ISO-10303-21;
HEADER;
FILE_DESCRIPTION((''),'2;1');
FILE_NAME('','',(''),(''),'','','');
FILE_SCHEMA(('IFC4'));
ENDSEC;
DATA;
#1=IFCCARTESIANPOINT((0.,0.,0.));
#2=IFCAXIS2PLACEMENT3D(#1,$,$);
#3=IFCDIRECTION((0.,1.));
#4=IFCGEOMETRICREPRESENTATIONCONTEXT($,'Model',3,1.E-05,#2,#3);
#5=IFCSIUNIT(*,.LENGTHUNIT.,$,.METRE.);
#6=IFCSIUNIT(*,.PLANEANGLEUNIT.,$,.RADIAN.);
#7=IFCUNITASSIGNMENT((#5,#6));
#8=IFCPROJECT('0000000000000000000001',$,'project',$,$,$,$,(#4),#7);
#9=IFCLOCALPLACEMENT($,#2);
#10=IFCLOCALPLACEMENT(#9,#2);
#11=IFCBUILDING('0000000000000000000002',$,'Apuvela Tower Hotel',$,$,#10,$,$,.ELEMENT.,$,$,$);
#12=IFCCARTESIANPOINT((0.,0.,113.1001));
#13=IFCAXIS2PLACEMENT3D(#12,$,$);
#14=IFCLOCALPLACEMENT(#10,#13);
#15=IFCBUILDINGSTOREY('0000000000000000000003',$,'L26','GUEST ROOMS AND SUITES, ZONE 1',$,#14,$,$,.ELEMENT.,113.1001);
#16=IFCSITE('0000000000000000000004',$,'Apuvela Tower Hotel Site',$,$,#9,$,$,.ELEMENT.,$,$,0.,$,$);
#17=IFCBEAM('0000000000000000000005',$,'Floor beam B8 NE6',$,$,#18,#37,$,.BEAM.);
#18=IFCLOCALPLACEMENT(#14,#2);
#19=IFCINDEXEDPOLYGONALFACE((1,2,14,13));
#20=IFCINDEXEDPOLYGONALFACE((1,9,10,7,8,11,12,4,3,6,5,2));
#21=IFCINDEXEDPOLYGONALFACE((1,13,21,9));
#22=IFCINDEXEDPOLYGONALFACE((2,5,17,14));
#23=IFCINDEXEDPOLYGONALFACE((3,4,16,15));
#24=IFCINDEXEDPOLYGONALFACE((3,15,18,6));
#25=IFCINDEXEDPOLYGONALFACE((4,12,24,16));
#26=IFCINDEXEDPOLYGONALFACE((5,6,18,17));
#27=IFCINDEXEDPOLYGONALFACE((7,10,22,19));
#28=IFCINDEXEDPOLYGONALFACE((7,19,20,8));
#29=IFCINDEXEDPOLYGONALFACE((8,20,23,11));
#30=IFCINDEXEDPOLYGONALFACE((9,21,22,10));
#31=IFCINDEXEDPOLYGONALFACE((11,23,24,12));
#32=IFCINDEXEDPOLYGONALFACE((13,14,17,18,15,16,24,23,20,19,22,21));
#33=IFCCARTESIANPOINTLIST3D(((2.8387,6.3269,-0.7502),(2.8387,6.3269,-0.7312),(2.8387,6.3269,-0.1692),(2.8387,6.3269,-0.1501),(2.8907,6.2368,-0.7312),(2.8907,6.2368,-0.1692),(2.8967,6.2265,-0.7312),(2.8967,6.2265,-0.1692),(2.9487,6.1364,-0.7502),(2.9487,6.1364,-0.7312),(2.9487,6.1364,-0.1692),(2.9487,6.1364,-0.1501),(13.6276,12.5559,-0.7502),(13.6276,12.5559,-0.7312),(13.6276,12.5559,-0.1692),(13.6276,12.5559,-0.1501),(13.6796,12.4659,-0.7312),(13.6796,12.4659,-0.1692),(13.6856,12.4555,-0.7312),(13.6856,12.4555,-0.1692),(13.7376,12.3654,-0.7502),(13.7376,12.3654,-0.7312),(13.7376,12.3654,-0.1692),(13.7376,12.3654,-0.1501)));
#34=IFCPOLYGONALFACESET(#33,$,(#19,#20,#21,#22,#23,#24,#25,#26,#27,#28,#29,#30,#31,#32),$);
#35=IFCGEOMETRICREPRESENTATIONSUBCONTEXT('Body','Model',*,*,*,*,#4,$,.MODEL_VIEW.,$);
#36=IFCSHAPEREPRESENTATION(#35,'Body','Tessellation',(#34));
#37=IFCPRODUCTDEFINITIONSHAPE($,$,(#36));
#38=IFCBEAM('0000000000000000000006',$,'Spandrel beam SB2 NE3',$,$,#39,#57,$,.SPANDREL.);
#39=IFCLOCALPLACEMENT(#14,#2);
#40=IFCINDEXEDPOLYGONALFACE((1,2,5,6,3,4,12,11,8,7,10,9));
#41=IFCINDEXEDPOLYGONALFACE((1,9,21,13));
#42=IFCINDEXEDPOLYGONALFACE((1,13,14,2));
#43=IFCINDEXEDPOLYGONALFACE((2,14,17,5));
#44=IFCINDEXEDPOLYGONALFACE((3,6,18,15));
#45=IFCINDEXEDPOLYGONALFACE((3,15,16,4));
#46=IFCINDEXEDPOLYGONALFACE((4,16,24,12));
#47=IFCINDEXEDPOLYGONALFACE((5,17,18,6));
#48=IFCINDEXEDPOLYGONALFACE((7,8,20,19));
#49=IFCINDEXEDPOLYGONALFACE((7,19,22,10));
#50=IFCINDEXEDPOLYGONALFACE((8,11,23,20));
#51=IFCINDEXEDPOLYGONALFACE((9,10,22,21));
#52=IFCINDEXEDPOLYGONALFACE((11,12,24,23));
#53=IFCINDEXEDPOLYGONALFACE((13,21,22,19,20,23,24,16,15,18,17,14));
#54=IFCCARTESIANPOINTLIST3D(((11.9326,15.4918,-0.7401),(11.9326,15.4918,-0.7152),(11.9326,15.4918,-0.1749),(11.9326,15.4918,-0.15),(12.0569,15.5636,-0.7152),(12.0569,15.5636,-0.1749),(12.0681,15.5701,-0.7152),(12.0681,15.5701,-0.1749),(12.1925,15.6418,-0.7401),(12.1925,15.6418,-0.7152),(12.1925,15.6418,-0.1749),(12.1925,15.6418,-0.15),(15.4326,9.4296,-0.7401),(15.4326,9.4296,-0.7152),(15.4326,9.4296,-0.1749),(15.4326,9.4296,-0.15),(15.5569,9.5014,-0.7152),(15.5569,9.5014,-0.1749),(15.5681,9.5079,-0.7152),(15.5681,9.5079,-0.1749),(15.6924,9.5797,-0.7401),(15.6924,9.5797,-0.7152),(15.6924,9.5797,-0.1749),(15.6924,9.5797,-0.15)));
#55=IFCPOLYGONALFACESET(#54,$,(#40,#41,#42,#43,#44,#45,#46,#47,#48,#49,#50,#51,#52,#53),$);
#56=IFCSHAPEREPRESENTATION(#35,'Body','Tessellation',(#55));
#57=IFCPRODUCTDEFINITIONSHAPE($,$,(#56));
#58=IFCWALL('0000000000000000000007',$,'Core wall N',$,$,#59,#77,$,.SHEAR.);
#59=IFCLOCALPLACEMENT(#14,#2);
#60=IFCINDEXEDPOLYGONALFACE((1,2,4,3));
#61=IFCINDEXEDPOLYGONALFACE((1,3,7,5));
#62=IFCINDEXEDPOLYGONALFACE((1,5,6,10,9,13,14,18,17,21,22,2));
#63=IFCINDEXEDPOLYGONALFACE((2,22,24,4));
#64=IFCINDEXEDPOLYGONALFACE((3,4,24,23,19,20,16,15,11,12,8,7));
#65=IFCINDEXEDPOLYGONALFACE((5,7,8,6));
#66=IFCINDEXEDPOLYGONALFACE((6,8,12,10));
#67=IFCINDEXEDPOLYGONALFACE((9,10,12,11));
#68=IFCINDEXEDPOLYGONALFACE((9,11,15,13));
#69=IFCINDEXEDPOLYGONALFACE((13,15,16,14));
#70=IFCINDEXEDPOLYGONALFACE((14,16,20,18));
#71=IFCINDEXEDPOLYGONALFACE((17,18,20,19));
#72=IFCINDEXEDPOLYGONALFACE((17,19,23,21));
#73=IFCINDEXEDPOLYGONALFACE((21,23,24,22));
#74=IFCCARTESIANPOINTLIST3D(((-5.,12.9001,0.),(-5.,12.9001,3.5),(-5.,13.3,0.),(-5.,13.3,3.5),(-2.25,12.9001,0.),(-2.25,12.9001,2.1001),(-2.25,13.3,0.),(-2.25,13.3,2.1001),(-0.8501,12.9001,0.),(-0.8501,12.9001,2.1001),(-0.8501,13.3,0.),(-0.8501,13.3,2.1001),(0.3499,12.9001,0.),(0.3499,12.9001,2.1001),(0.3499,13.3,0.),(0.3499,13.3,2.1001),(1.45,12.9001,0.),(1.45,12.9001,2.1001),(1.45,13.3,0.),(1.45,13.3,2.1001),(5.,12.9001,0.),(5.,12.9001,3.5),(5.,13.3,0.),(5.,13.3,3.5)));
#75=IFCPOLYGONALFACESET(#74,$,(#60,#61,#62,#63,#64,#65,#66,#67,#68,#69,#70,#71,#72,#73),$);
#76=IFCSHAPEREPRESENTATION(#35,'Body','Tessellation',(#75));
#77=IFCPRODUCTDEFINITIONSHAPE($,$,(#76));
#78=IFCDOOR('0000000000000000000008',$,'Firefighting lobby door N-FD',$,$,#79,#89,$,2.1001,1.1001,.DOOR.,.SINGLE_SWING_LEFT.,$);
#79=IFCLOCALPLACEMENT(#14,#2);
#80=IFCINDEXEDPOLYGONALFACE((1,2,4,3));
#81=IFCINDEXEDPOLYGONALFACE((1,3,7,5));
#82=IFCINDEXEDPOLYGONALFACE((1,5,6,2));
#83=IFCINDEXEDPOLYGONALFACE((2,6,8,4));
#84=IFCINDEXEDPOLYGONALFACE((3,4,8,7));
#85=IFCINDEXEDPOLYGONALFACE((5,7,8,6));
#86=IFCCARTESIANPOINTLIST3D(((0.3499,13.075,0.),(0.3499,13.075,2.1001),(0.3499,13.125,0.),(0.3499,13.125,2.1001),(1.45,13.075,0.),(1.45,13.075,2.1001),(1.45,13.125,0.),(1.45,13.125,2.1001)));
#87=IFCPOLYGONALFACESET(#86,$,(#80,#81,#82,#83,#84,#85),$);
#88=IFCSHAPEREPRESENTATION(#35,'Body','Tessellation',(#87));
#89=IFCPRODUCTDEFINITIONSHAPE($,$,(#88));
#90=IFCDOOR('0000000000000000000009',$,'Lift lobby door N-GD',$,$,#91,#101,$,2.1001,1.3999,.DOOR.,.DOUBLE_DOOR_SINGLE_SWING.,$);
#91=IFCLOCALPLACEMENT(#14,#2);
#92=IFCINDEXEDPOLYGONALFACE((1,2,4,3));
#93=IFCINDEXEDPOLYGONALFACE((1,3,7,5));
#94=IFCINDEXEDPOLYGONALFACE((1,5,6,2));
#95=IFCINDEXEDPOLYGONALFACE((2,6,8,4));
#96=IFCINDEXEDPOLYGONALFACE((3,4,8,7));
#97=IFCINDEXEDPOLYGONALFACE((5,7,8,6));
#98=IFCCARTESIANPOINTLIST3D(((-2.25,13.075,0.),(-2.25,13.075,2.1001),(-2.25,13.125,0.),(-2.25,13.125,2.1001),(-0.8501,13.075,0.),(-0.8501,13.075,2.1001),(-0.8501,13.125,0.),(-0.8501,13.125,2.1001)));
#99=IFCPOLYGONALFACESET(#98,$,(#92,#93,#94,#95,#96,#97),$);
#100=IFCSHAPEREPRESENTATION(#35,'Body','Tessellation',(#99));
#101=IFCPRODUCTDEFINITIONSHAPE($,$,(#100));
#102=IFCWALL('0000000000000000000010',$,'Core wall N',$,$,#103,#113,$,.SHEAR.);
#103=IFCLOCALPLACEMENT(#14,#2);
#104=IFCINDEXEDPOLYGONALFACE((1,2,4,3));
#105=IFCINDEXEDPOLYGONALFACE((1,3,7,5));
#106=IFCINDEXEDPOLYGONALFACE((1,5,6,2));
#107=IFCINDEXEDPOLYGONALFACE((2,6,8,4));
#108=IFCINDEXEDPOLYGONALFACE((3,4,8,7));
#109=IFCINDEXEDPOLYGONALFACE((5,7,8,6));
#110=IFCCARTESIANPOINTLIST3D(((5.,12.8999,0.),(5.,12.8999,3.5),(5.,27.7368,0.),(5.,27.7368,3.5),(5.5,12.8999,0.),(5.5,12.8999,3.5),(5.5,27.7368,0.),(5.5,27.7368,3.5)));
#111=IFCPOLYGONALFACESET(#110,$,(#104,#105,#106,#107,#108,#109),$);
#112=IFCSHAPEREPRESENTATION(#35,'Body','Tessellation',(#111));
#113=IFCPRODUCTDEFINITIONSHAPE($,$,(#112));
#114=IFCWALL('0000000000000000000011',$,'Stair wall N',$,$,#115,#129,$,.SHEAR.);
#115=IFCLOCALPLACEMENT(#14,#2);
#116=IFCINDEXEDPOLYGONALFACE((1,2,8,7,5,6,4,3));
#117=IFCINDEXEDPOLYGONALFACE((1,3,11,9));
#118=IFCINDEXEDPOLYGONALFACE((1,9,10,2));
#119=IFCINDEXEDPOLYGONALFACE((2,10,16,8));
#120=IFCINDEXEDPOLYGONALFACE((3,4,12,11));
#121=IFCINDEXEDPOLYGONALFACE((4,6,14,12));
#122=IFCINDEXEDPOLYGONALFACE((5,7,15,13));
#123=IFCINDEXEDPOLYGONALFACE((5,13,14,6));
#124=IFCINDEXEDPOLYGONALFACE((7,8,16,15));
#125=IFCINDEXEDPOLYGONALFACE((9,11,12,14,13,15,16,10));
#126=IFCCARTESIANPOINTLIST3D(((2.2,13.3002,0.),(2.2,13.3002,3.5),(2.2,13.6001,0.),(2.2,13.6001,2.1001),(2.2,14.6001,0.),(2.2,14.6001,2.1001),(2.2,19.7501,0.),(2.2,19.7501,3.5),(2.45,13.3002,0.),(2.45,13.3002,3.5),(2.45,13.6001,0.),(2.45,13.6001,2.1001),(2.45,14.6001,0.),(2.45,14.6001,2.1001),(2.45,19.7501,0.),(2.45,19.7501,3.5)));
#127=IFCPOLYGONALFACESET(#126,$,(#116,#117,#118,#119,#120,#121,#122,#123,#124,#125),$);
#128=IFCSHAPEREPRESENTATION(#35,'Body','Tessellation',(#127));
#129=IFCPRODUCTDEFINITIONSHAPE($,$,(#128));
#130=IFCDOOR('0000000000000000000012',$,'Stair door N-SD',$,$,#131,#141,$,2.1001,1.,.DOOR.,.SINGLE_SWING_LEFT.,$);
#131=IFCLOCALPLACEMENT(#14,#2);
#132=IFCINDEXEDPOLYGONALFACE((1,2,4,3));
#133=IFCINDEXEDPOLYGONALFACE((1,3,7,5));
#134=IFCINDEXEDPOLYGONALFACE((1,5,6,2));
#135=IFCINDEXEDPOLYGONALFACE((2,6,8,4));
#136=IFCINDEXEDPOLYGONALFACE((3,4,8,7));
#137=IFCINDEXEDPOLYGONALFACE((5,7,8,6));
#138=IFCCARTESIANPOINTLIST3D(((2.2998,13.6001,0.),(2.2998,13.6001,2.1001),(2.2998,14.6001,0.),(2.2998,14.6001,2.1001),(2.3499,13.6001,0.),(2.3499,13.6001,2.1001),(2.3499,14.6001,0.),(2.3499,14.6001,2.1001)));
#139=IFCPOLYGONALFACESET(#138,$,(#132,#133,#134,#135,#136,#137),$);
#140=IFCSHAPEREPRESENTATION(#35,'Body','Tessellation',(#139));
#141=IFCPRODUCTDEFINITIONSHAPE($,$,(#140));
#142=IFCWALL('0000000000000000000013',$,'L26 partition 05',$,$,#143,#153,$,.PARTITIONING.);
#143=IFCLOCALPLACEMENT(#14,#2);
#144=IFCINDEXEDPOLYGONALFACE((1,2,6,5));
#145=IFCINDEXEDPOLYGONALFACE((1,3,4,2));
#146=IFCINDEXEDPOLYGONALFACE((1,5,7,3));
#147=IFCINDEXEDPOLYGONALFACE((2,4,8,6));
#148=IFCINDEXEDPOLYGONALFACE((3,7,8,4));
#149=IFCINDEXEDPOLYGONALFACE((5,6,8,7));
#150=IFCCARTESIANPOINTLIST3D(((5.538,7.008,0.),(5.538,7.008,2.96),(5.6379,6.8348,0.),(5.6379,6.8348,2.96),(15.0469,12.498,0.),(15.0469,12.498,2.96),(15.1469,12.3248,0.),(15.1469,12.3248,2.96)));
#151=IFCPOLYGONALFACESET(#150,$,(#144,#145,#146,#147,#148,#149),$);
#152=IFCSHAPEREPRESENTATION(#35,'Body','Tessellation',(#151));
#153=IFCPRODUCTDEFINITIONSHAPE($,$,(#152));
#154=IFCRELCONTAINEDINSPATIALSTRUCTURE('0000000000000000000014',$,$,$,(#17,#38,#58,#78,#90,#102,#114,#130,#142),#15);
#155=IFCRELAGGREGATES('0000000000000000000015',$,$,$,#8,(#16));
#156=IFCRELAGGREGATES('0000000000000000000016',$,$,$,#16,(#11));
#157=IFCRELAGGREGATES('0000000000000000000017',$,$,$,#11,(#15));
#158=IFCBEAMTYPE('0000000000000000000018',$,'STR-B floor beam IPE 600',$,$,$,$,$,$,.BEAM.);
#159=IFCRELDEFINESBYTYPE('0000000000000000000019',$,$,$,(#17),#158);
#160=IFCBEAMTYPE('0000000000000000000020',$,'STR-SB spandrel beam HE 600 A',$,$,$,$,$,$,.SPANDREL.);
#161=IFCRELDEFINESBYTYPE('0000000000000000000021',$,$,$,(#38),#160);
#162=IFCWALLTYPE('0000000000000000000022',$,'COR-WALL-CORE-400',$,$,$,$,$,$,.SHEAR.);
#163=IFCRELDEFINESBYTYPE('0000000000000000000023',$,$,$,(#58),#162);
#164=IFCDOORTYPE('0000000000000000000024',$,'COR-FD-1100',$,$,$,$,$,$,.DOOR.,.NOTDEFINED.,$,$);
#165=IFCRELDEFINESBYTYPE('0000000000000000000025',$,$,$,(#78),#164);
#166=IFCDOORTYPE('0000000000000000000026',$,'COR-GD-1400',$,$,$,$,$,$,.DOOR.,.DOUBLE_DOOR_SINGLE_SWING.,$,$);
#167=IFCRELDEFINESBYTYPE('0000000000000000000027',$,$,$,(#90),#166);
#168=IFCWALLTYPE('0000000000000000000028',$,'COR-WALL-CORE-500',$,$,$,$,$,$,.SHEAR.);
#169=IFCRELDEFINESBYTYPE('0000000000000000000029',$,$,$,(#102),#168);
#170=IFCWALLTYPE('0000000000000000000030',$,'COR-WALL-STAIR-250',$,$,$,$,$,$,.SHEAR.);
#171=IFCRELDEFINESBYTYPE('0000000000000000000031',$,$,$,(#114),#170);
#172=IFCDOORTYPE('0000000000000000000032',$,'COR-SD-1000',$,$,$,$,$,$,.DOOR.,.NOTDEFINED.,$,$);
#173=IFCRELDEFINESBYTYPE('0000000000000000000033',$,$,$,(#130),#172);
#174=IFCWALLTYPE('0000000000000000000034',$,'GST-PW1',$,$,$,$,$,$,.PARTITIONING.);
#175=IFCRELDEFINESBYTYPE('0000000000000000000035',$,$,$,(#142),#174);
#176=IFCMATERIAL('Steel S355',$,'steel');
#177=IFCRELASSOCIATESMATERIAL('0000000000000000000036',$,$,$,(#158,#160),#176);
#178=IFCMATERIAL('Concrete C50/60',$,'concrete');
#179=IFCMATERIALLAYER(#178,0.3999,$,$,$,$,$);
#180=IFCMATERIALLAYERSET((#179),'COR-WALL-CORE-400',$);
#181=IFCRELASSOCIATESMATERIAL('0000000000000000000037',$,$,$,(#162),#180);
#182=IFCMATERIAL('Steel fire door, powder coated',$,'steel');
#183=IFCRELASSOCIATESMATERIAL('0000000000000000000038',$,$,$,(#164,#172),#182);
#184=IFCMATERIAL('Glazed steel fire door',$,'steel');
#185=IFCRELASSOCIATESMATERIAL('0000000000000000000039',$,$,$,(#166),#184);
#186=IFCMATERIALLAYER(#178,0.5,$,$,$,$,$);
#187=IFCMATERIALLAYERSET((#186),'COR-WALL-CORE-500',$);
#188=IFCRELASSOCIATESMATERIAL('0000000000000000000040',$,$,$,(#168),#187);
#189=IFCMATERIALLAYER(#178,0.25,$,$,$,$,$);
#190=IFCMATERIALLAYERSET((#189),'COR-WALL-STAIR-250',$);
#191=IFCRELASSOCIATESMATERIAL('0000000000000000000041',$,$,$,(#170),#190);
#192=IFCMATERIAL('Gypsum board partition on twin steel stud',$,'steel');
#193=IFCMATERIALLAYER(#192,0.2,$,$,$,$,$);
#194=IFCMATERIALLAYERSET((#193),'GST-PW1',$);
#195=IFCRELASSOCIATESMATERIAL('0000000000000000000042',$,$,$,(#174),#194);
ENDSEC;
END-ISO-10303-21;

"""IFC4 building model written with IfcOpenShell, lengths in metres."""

from ifc_helpers import new_model, si_unit, direction, frame, frame_2d, origin, origin_2d, place, context, subcontext, project, spatial, rectangle, i_section, extrude, material, layer, layer_set, material_profile, profile_set, type_object, element, fill, save


model = new_model("IFC4")

# Units and contexts
model_context = context("Model", 3, precision=1e-05, world=origin(), true_north=direction((0.0, 1.0)))
body_context = subcontext(model_context, "Body", "Model", "MODEL_VIEW")
ifc_project = project(units=[si_unit("LENGTHUNIT", "METRE"), si_unit("PLANEANGLEUNIT", "RADIAN")], contexts=[model_context])

# Site, building, storey
site_placement = place(None, origin())
site = spatial("IfcSite", under=ifc_project, at=site_placement, Name="Apuvela Tower Hotel Site", CompositionType="ELEMENT", RefElevation=0.0)
building_placement = place(site_placement, origin())
building = spatial("IfcBuilding", under=site, at=building_placement, Name="Apuvela Tower Hotel", CompositionType="ELEMENT")
storey_placement = place(building_placement, frame((0.0, 0.0, 113.1001)))
storey = spatial("IfcBuildingStorey", under=building, at=storey_placement, Name="L26", Description="GUEST ROOMS AND SUITES, ZONE 1", CompositionType="ELEMENT", Elevation=113.1001)

# Beams
ifc_material_1 = material(Name="Steel S355", Category="steel")
ifc_material_profile_1 = material_profile(ifc_material_1, i_section(OverallWidth=0.22, OverallDepth=0.6001, WebThickness=0.012, FlangeThickness=0.019, at=origin_2d()), Name="IPE 600")
ifc_profile_set_1 = profile_set([ifc_material_profile_1], Name="Steel S355")
beam_type_1 = type_object("IfcBeamType", Name="STR-B floor beam IPE 600", PredefinedType="BEAM", material=ifc_profile_set_1)
beam_1_placement = place(storey_placement, frame((13.6826, 12.4607, -0.4502), z_axis=(-0.866023, -0.500005, 0.0), x_axis=(0.500005, -0.866023, 0.0)))
element("IfcBeam", 1, at=beam_1_placement, inside=storey, type_object=beam_type_1, Name="Floor beam B8 NE6", PredefinedType="BEAM", context=body_context, shape_type="SweptSolid", body=[
    extrude(i_section(OverallWidth=0.22, OverallDepth=0.6001, WebThickness=0.012, FlangeThickness=0.019, at=origin_2d()), origin(), (0.0, 0.0, 1.0), 12.458),
])
ifc_material_profile_2 = material_profile(ifc_material_1, i_section(OverallWidth=0.3, OverallDepth=0.5901, WebThickness=0.0129, FlangeThickness=0.0249, at=origin_2d()), Name="HE 600 A")
ifc_profile_set_2 = profile_set([ifc_material_profile_2], Name="Steel S355")
beam_type_2 = type_object("IfcBeamType", Name="STR-SB spandrel beam HE 600 A", PredefinedType="SPANDREL", material=ifc_profile_set_2)
beam_2_placement = place(storey_placement, frame((15.5625, 9.5046, -0.4451), z_axis=(-0.499995, 0.866028, 0.0), x_axis=(-0.866028, -0.499995, 0.0)))
element("IfcBeam", 2, at=beam_2_placement, inside=storey, type_object=beam_type_2, Name="Spandrel beam SB2 NE3", PredefinedType="SPANDREL", context=body_context, shape_type="SweptSolid", body=[
    extrude(i_section(OverallWidth=0.3, OverallDepth=0.5901, WebThickness=0.0129, FlangeThickness=0.0249, at=origin_2d()), origin(), (0.0, 0.0, 1.0), 7.0),
])

# Wall, openings, doors
ifc_material_2 = material(Name="Concrete C50/60", Category="concrete")
ifc_layer_1 = layer(ifc_material_2, 0.3999)
ifc_layer_set_1 = layer_set([ifc_layer_1], Name="COR-WALL-CORE-400")
wall_type_1 = type_object("IfcWallType", Name="COR-WALL-CORE-400", PredefinedType="SHEAR", material=ifc_layer_set_1)
wall_1_placement = place(storey_placement, frame((5.0, 13.1001, 0.0), z_axis=(0.0, 0.0, 1.0), x_axis=(-1.0, 0.0, 0.0)))
wall_1 = element("IfcWall", 3, at=wall_1_placement, inside=storey, type_object=wall_type_1, Name="Core wall N", PredefinedType="SHEAR", context=body_context, shape_type="SweptSolid", body=[
    extrude(rectangle(XDim=10.0, YDim=0.3999, at=frame_2d((5.0, 0.0))), origin(), (0.0, 0.0, 1.0), 3.5),
])
opening_1_placement = place(wall_1_placement, frame((3.55, 0.0, 0.0)))
opening_1 = element("IfcOpeningElement", 4, at=opening_1_placement, cuts=wall_1, PredefinedType="OPENING", context=body_context, shape_type="SweptSolid", body=[
    extrude(rectangle(XDim=1.1001, YDim=2.1001, at=frame_2d((0.55, 1.05))), frame((0.0, 0.21, 0.0), z_axis=(0.0, -1.0, 0.0), x_axis=(1.0, 0.0, 0.0)), (0.0, 0.0, 1.0), 0.4199),
])
opening_2_placement = place(wall_1_placement, frame((5.8501, 0.0, 0.0)))
opening_2 = element("IfcOpeningElement", 5, at=opening_2_placement, cuts=wall_1, PredefinedType="OPENING", context=body_context, shape_type="SweptSolid", body=[
    extrude(rectangle(XDim=1.3999, YDim=2.1001, at=frame_2d((0.7, 1.05))), frame((0.0, 0.21, 0.0), z_axis=(0.0, -1.0, 0.0), x_axis=(1.0, 0.0, 0.0)), (0.0, 0.0, 1.0), 0.4199),
])
ifc_material_3 = material(Name="Steel fire door, powder coated", Category="steel")
door_type_1 = type_object("IfcDoorType", Name="COR-FD-1100", OperationType="NOTDEFINED", PredefinedType="DOOR", material=ifc_material_3)
door_1_placement = place(opening_1_placement, frame((1.1001, 0.0, 0.0), z_axis=(0.0, 0.0, 1.0), x_axis=(-1.0, 0.0, 0.0)))
door_1 = element("IfcDoor", 6, at=door_1_placement, inside=storey, type_object=door_type_1, Name="Firefighting lobby door N-FD", OperationType="SINGLE_SWING_LEFT", OverallHeight=2.1001, OverallWidth=1.1001, PredefinedType="DOOR", context=body_context, shape_type="SweptSolid", body=[
    extrude(rectangle(XDim=1.1001, YDim=2.1001, at=frame_2d((0.55, 1.05))), frame((0.0, 0.0249, 0.0), z_axis=(0.0, -1.0, 0.0), x_axis=(1.0, 0.0, 0.0)), (0.0, 0.0, 1.0), 0.05),
])
fill(opening_1, door_1)
ifc_material_4 = material(Name="Glazed steel fire door", Category="steel")
door_type_2 = type_object("IfcDoorType", Name="COR-GD-1400", OperationType="DOUBLE_DOOR_SINGLE_SWING", PredefinedType="DOOR", material=ifc_material_4)
door_2_placement = place(opening_2_placement, frame((1.3999, 0.0, 0.0), z_axis=(0.0, 0.0, 1.0), x_axis=(-1.0, 0.0, 0.0)))
door_2 = element("IfcDoor", 7, at=door_2_placement, inside=storey, type_object=door_type_2, Name="Lift lobby door N-GD", OperationType="DOUBLE_DOOR_SINGLE_SWING", OverallHeight=2.1001, OverallWidth=1.3999, PredefinedType="DOOR", context=body_context, shape_type="SweptSolid", body=[
    extrude(rectangle(XDim=1.3999, YDim=2.1001, at=frame_2d((0.7, 1.05))), frame((0.0, 0.0249, 0.0), z_axis=(0.0, -1.0, 0.0), x_axis=(1.0, 0.0, 0.0)), (0.0, 0.0, 1.0), 0.05),
])
fill(opening_2, door_2)

# Wall
ifc_layer_2 = layer(ifc_material_2, 0.5)
ifc_layer_set_2 = layer_set([ifc_layer_2], Name="COR-WALL-CORE-500")
wall_type_2 = type_object("IfcWallType", Name="COR-WALL-CORE-500", PredefinedType="SHEAR", material=ifc_layer_set_2)
wall_2_placement = place(storey_placement, frame((5.25, 12.8999, 0.0), z_axis=(0.0, 0.0, 1.0), x_axis=(0.0, 1.0, 0.0)))
element("IfcWall", 8, at=wall_2_placement, inside=storey, type_object=wall_type_2, Name="Core wall N", PredefinedType="SHEAR", context=body_context, shape_type="SweptSolid", body=[
    extrude(rectangle(XDim=14.8369, YDim=0.5, at=frame_2d((7.4185, 0.0))), origin(), (0.0, 0.0, 1.0), 3.5),
])

# Wall, opening, door
ifc_layer_3 = layer(ifc_material_2, 0.25)
ifc_layer_set_3 = layer_set([ifc_layer_3], Name="COR-WALL-STAIR-250")
wall_type_3 = type_object("IfcWallType", Name="COR-WALL-STAIR-250", PredefinedType="SHEAR", material=ifc_layer_set_3)
wall_3_placement = place(storey_placement, frame((2.325, 13.3, 0.0), z_axis=(0.0, 0.0, 1.0), x_axis=(0.0, 1.0, 0.0)))
wall_3 = element("IfcWall", 9, at=wall_3_placement, inside=storey, type_object=wall_type_3, Name="Stair wall N", PredefinedType="SHEAR", context=body_context, shape_type="SweptSolid", body=[
    extrude(rectangle(XDim=6.45, YDim=0.25, at=frame_2d((3.2251, 0.0))), origin(), (0.0, 0.0, 1.0), 3.5),
])
opening_3_placement = place(wall_3_placement, frame((0.3, 0.0, 0.0)))
opening_3 = element("IfcOpeningElement", 10, at=opening_3_placement, cuts=wall_3, PredefinedType="OPENING", context=body_context, shape_type="SweptSolid", body=[
    extrude(rectangle(XDim=1.0, YDim=2.1001, at=frame_2d((0.5, 1.05))), frame((0.0, 0.135, 0.0), z_axis=(0.0, -1.0, 0.0), x_axis=(1.0, 0.0, 0.0)), (0.0, 0.0, 1.0), 0.27),
])
door_type_3 = type_object("IfcDoorType", Name="COR-SD-1000", OperationType="NOTDEFINED", PredefinedType="DOOR", material=ifc_material_3)
door_3_placement = place(opening_3_placement, frame((1.0, 0.0, 0.0), z_axis=(0.0, 0.0, 1.0), x_axis=(-1.0, 0.0, 0.0)))
door_3 = element("IfcDoor", 11, at=door_3_placement, inside=storey, type_object=door_type_3, Name="Stair door N-SD", OperationType="SINGLE_SWING_LEFT", OverallHeight=2.1001, OverallWidth=1.0, PredefinedType="DOOR", context=body_context, shape_type="SweptSolid", body=[
    extrude(rectangle(XDim=1.0, YDim=2.1001, at=frame_2d((0.5, 1.05))), frame((0.0, 0.0249, 0.0), z_axis=(0.0, -1.0, 0.0), x_axis=(1.0, 0.0, 0.0)), (0.0, 0.0, 1.0), 0.05),
])
fill(opening_3, door_3)

# Wall
ifc_material_5 = material(Name="Gypsum board partition on twin steel stud", Category="steel")
ifc_layer_4 = layer(ifc_material_5, 0.2)
ifc_layer_set_4 = layer_set([ifc_layer_4], Name="GST-PW1")
wall_type_4 = type_object("IfcWallType", Name="GST-PW1", PredefinedType="PARTITIONING", material=ifc_layer_set_4)
wall_4_placement = place(storey_placement, frame((15.0969, 12.4114, 0.0), z_axis=(0.0, 0.0, 1.0), x_axis=(-0.866027, -0.499996, 0.0)))
element("IfcWall", 12, at=wall_4_placement, inside=storey, type_object=wall_type_4, Name="L26 partition 05", PredefinedType="PARTITIONING", context=body_context, shape_type="SweptSolid", body=[
    extrude(rectangle(XDim=10.98, YDim=0.2, at=frame_2d((5.49, 0.0))), origin(), (0.0, 0.0, 1.0), 2.96),
])

save(model, "model.ifc")
